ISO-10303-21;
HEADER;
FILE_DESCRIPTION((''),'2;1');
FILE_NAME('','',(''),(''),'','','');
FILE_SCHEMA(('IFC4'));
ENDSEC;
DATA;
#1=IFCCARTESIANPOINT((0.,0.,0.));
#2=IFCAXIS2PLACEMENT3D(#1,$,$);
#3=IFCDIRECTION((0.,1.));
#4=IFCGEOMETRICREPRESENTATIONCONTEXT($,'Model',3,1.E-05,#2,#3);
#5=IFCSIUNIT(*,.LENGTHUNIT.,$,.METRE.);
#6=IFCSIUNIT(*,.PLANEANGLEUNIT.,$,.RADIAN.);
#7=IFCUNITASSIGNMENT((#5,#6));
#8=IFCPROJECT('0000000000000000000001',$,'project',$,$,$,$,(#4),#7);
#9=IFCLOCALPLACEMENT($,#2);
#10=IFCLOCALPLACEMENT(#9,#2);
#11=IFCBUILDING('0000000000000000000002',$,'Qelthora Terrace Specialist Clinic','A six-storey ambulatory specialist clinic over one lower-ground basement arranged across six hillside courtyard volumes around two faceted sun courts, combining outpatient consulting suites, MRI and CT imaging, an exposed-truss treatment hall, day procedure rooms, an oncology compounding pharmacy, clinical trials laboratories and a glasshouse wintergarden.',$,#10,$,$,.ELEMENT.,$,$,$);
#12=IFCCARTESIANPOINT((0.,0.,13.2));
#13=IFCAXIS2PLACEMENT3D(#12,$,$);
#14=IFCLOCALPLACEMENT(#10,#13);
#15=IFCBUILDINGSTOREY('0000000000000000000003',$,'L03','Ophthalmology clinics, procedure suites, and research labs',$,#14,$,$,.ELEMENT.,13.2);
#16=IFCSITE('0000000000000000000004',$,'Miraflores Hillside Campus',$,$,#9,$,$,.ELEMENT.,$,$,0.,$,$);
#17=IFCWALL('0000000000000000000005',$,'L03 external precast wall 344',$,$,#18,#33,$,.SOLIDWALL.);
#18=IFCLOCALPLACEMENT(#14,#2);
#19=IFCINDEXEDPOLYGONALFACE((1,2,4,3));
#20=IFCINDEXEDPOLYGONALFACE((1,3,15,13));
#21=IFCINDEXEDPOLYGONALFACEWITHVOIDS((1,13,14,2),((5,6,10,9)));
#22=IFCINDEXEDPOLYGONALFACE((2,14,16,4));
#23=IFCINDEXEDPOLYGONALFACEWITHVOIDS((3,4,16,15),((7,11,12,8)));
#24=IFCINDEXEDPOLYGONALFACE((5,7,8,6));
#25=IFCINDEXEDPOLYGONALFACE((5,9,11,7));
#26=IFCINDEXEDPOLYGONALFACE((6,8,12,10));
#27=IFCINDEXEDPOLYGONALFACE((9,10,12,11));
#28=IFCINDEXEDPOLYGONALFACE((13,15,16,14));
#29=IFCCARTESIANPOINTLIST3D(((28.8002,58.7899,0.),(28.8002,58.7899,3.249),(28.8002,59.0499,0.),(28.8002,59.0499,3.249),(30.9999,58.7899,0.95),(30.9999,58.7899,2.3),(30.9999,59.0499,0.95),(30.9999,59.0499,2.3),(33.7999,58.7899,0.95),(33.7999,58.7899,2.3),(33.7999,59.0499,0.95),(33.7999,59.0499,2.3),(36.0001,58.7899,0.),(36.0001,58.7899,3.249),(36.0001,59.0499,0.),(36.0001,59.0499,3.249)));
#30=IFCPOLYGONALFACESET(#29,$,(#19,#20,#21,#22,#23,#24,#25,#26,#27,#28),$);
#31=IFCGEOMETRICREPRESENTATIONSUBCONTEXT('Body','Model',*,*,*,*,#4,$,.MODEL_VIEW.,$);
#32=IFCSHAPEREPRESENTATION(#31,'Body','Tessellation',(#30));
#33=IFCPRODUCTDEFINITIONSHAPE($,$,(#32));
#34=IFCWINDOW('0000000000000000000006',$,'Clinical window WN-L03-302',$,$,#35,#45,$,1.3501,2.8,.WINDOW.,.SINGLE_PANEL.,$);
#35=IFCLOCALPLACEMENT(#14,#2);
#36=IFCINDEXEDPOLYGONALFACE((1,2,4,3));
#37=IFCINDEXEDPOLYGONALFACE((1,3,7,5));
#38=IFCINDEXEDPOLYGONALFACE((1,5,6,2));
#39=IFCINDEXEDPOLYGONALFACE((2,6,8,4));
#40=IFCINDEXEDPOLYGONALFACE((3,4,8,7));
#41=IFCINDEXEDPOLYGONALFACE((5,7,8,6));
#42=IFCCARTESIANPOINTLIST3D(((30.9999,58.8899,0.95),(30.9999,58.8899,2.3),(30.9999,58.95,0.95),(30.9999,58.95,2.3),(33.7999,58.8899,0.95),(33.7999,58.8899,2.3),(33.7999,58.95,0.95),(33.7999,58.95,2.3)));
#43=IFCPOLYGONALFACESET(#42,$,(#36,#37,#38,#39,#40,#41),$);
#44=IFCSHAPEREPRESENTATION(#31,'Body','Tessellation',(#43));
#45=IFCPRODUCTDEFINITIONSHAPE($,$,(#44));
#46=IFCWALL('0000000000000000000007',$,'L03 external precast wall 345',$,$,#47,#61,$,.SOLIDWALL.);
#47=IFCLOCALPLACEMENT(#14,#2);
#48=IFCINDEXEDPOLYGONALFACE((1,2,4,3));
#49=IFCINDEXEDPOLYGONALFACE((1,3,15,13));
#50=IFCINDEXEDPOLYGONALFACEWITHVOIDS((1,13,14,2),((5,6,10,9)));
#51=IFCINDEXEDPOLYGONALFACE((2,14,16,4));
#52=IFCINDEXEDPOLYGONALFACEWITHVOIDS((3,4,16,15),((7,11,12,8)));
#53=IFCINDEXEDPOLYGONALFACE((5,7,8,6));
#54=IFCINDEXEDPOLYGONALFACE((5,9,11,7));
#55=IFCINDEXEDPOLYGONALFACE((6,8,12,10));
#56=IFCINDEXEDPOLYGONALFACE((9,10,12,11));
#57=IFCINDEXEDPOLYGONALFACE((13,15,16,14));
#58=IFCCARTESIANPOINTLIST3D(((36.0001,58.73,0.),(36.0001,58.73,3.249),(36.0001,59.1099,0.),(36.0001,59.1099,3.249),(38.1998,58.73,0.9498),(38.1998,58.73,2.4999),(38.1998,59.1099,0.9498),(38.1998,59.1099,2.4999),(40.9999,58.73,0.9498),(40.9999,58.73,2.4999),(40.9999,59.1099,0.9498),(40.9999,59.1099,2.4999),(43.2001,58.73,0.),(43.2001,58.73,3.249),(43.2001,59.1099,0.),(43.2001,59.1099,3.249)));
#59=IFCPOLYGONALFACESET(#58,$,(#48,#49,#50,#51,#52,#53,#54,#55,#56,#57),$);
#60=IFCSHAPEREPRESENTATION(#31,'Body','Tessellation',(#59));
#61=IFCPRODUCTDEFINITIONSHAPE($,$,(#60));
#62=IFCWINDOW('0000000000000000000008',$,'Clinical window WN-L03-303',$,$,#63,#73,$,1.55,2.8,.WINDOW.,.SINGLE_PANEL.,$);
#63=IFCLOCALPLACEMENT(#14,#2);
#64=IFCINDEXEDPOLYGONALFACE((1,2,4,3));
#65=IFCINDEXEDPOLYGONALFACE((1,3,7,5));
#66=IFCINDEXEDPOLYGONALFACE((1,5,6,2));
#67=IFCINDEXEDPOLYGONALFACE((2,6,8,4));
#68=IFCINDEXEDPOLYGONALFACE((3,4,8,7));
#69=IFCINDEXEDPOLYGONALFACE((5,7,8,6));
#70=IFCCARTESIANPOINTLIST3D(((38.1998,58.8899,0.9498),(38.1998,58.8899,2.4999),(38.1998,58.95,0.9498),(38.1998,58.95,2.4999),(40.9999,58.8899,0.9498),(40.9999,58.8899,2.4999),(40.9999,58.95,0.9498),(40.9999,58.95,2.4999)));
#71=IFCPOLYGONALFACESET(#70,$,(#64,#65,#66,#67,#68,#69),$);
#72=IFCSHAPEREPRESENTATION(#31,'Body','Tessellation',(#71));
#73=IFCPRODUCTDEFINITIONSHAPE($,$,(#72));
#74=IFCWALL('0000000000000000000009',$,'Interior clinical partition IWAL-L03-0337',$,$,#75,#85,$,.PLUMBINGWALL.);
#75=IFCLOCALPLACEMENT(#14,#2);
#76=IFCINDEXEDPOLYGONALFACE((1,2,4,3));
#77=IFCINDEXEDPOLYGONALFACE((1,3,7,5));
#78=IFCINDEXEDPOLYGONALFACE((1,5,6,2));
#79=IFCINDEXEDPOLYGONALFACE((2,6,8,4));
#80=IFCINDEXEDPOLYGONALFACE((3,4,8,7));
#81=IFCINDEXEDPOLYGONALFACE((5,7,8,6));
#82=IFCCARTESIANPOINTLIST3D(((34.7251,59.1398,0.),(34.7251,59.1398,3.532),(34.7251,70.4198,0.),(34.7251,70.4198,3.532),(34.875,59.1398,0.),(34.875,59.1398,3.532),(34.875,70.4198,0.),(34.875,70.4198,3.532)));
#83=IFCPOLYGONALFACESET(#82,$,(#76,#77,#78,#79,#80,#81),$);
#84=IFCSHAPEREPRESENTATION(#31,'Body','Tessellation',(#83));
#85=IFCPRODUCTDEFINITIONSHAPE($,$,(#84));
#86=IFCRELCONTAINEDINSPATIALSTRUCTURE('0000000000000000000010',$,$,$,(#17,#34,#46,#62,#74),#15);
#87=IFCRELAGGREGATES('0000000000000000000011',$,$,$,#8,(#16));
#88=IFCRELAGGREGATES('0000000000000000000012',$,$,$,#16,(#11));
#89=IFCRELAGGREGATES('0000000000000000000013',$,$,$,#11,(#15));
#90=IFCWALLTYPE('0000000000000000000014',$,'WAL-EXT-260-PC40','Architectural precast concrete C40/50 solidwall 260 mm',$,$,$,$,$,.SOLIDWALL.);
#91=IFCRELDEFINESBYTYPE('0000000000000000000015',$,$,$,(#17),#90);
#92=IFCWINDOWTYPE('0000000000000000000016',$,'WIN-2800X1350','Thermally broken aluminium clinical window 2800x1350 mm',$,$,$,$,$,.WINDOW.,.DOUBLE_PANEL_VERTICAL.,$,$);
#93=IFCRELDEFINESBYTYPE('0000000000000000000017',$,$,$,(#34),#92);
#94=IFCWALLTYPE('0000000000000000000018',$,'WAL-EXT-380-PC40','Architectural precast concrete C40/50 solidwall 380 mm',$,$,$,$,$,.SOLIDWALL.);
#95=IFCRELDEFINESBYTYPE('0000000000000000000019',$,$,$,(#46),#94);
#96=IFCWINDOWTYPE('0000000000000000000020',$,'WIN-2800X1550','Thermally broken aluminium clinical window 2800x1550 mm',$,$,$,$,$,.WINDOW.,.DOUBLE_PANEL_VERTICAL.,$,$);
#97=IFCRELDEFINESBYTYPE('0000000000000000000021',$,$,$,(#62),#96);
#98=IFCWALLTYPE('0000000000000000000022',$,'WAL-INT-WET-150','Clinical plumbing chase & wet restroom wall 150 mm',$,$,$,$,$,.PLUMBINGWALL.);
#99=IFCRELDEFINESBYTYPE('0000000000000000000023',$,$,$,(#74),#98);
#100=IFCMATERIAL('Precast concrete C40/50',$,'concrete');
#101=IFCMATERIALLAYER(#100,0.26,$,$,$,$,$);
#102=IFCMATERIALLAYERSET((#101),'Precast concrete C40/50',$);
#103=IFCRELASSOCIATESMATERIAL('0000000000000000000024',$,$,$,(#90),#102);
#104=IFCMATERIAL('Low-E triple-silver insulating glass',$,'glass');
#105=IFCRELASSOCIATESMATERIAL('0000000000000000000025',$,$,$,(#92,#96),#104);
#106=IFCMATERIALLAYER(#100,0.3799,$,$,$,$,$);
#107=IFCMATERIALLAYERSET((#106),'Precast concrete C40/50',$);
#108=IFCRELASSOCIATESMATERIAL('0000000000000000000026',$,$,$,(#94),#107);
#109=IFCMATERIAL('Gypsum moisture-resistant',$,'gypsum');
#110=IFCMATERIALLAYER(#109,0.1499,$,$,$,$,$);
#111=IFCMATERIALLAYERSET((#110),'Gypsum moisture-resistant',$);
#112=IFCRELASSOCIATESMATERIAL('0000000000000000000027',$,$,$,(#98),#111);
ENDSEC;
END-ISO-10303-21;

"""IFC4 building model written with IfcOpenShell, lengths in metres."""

from ifc_helpers import new_model, si_unit, direction, frame, frame_2d, origin, place, context, subcontext, project, spatial, rectangle, extrude, material, layer, layer_set, type_object, element, fill, save


model = new_model("IFC4")

# Units and contexts
model_context = context("Model", 3, precision=1e-05, world=origin(), true_north=direction((0.0, 1.0)))
body_context = subcontext(model_context, "Body", "Model", "MODEL_VIEW")
ifc_project = project(units=[si_unit("LENGTHUNIT", "METRE"), si_unit("PLANEANGLEUNIT", "RADIAN")], contexts=[model_context])

# Site, building, storey
site_placement = place(None, origin())
site = spatial("IfcSite", under=ifc_project, at=site_placement, Name="Miraflores Hillside Campus", CompositionType="ELEMENT", RefElevation=0.0)
building_placement = place(site_placement, origin())
building = spatial("IfcBuilding", under=site, at=building_placement, Name="Qelthora Terrace Specialist Clinic", Description="A six-storey ambulatory specialist clinic over one lower-ground basement arranged across six hillside courtyard volumes around two faceted sun courts, combining outpatient consulting suites, MRI and CT imaging, an exposed-truss treatment hall, day procedure rooms, an oncology compounding pharmacy, clinical trials laboratories and a glasshouse wintergarden.", CompositionType="ELEMENT")
storey_placement = place(building_placement, frame((0.0, 0.0, 13.2)))
storey = spatial("IfcBuildingStorey", under=building, at=storey_placement, Name="L03", Description="Ophthalmology clinics, procedure suites, and research labs", CompositionType="ELEMENT", Elevation=13.2)

# Shared definitions
ifc_material_1 = material(Name="Low-E triple-silver insulating glass", Category="glass")

# Walls, openings, windows
ifc_material_2 = material(Name="Precast concrete C40/50", Category="concrete")
ifc_layer_1 = layer(ifc_material_2, 0.26)
ifc_layer_set_1 = layer_set([ifc_layer_1], Name="Precast concrete C40/50")
wall_type_1 = type_object("IfcWallType", Name="WAL-EXT-260-PC40", Description="Architectural precast concrete C40/50 solidwall 260 mm", PredefinedType="SOLIDWALL", material=ifc_layer_set_1)
wall_1_placement = place(storey_placement, frame((28.8, 58.9199, 0.0), z_axis=(0.0, 0.0, 1.0), x_axis=(1.0, 0.0, 0.0)))
wall_1 = element("IfcWall", 1, at=wall_1_placement, inside=storey, type_object=wall_type_1, Name="L03 external precast wall 344", PredefinedType="SOLIDWALL", context=body_context, shape_type="SweptSolid", body=[
    extrude(rectangle(XDim=7.2, YDim=0.26, at=frame_2d((3.6001, 0.0))), origin(), (0.0, 0.0, 1.0), 3.249),
])
opening_1_placement = place(wall_1_placement, frame((2.2, 0.0, 0.95)))
opening_1 = element("IfcOpeningElement", 2, at=opening_1_placement, cuts=wall_1, PredefinedType="OPENING", context=body_context, shape_type="SweptSolid", body=[
    extrude(rectangle(XDim=2.8, YDim=1.3501, at=frame_2d((1.3999, 0.675))), frame((0.0, 0.1399, 0.0), z_axis=(0.0, -1.0, 0.0), x_axis=(1.0, 0.0, 0.0)), (0.0, 0.0, 1.0), 0.28),
])
window_type_1 = type_object("IfcWindowType", Name="WIN-2800X1350", Description="Thermally broken aluminium clinical window 2800x1350 mm", PartitioningType="DOUBLE_PANEL_VERTICAL", PredefinedType="WINDOW", material=ifc_material_1)
window_1_placement = place(opening_1_placement, origin())
window_1 = element("IfcWindow", 3, at=window_1_placement, inside=storey, type_object=window_type_1, Name="Clinical window WN-L03-302", OverallHeight=1.3501, OverallWidth=2.8, PartitioningType="SINGLE_PANEL", PredefinedType="WINDOW", context=body_context, shape_type="SweptSolid", body=[
    extrude(rectangle(XDim=2.8, YDim=1.3501, at=frame_2d((1.3999, 0.675))), frame((0.0, 0.03, 0.0), z_axis=(0.0, -1.0, 0.0), x_axis=(1.0, 0.0, 0.0)), (0.0, 0.0, 1.0), 0.0601),
])
fill(opening_1, window_1)
ifc_layer_2 = layer(ifc_material_2, 0.3799)
ifc_layer_set_2 = layer_set([ifc_layer_2], Name="Precast concrete C40/50")
wall_type_2 = type_object("IfcWallType", Name="WAL-EXT-380-PC40", Description="Architectural precast concrete C40/50 solidwall 380 mm", PredefinedType="SOLIDWALL", material=ifc_layer_set_2)
wall_2_placement = place(storey_placement, frame((36.0, 58.9199, 0.0), z_axis=(0.0, 0.0, 1.0), x_axis=(1.0, 0.0, 0.0)))
wall_2 = element("IfcWall", 4, at=wall_2_placement, inside=storey, type_object=wall_type_2, Name="L03 external precast wall 345", PredefinedType="SOLIDWALL", context=body_context, shape_type="SweptSolid", body=[
    extrude(rectangle(XDim=7.2, YDim=0.3799, at=frame_2d((3.6001, 0.0))), origin(), (0.0, 0.0, 1.0), 3.249),
])
opening_2_placement = place(wall_2_placement, frame((2.2, 0.0, 0.95)))
opening_2 = element("IfcOpeningElement", 5, at=opening_2_placement, cuts=wall_2, PredefinedType="OPENING", context=body_context, shape_type="SweptSolid", body=[
    extrude(rectangle(XDim=2.8, YDim=1.55, at=frame_2d((1.3999, 0.7749))), frame((0.0, 0.2, 0.0), z_axis=(0.0, -1.0, 0.0), x_axis=(1.0, 0.0, 0.0)), (0.0, 0.0, 1.0), 0.3999),
])
window_type_2 = type_object("IfcWindowType", Name="WIN-2800X1550", Description="Thermally broken aluminium clinical window 2800x1550 mm", PartitioningType="DOUBLE_PANEL_VERTICAL", PredefinedType="WINDOW", material=ifc_material_1)
window_2_placement = place(opening_2_placement, origin())
window_2 = element("IfcWindow", 6, at=window_2_placement, inside=storey, type_object=window_type_2, Name="Clinical window WN-L03-303", OverallHeight=1.55, OverallWidth=2.8, PartitioningType="SINGLE_PANEL", PredefinedType="WINDOW", context=body_context, shape_type="SweptSolid", body=[
    extrude(rectangle(XDim=2.8, YDim=1.55, at=frame_2d((1.3999, 0.7749))), frame((0.0, 0.03, 0.0), z_axis=(0.0, -1.0, 0.0), x_axis=(1.0, 0.0, 0.0)), (0.0, 0.0, 1.0), 0.0601),
])
fill(opening_2, window_2)

# Wall
ifc_material_3 = material(Name="Gypsum moisture-resistant", Category="gypsum")
ifc_layer_3 = layer(ifc_material_3, 0.1499)
ifc_layer_set_3 = layer_set([ifc_layer_3], Name="Gypsum moisture-resistant")
wall_type_3 = type_object("IfcWallType", Name="WAL-INT-WET-150", Description="Clinical plumbing chase & wet restroom wall 150 mm", PredefinedType="PLUMBINGWALL", material=ifc_layer_set_3)
wall_3_placement = place(storey_placement, frame((34.8, 70.4199, 0.0), z_axis=(0.0, 0.0, 1.0), x_axis=(0.0, -1.0, 0.0)))
element("IfcWall", 7, at=wall_3_placement, inside=storey, type_object=wall_type_3, Name="Interior clinical partition IWAL-L03-0337", PredefinedType="PLUMBINGWALL", context=body_context, shape_type="SweptSolid", body=[
    extrude(rectangle(XDim=11.28, YDim=0.1499, at=frame_2d((5.6401, 0.0))), origin(), (0.0, 0.0, 1.0), 3.532),
])

save(model, "model.ifc")
